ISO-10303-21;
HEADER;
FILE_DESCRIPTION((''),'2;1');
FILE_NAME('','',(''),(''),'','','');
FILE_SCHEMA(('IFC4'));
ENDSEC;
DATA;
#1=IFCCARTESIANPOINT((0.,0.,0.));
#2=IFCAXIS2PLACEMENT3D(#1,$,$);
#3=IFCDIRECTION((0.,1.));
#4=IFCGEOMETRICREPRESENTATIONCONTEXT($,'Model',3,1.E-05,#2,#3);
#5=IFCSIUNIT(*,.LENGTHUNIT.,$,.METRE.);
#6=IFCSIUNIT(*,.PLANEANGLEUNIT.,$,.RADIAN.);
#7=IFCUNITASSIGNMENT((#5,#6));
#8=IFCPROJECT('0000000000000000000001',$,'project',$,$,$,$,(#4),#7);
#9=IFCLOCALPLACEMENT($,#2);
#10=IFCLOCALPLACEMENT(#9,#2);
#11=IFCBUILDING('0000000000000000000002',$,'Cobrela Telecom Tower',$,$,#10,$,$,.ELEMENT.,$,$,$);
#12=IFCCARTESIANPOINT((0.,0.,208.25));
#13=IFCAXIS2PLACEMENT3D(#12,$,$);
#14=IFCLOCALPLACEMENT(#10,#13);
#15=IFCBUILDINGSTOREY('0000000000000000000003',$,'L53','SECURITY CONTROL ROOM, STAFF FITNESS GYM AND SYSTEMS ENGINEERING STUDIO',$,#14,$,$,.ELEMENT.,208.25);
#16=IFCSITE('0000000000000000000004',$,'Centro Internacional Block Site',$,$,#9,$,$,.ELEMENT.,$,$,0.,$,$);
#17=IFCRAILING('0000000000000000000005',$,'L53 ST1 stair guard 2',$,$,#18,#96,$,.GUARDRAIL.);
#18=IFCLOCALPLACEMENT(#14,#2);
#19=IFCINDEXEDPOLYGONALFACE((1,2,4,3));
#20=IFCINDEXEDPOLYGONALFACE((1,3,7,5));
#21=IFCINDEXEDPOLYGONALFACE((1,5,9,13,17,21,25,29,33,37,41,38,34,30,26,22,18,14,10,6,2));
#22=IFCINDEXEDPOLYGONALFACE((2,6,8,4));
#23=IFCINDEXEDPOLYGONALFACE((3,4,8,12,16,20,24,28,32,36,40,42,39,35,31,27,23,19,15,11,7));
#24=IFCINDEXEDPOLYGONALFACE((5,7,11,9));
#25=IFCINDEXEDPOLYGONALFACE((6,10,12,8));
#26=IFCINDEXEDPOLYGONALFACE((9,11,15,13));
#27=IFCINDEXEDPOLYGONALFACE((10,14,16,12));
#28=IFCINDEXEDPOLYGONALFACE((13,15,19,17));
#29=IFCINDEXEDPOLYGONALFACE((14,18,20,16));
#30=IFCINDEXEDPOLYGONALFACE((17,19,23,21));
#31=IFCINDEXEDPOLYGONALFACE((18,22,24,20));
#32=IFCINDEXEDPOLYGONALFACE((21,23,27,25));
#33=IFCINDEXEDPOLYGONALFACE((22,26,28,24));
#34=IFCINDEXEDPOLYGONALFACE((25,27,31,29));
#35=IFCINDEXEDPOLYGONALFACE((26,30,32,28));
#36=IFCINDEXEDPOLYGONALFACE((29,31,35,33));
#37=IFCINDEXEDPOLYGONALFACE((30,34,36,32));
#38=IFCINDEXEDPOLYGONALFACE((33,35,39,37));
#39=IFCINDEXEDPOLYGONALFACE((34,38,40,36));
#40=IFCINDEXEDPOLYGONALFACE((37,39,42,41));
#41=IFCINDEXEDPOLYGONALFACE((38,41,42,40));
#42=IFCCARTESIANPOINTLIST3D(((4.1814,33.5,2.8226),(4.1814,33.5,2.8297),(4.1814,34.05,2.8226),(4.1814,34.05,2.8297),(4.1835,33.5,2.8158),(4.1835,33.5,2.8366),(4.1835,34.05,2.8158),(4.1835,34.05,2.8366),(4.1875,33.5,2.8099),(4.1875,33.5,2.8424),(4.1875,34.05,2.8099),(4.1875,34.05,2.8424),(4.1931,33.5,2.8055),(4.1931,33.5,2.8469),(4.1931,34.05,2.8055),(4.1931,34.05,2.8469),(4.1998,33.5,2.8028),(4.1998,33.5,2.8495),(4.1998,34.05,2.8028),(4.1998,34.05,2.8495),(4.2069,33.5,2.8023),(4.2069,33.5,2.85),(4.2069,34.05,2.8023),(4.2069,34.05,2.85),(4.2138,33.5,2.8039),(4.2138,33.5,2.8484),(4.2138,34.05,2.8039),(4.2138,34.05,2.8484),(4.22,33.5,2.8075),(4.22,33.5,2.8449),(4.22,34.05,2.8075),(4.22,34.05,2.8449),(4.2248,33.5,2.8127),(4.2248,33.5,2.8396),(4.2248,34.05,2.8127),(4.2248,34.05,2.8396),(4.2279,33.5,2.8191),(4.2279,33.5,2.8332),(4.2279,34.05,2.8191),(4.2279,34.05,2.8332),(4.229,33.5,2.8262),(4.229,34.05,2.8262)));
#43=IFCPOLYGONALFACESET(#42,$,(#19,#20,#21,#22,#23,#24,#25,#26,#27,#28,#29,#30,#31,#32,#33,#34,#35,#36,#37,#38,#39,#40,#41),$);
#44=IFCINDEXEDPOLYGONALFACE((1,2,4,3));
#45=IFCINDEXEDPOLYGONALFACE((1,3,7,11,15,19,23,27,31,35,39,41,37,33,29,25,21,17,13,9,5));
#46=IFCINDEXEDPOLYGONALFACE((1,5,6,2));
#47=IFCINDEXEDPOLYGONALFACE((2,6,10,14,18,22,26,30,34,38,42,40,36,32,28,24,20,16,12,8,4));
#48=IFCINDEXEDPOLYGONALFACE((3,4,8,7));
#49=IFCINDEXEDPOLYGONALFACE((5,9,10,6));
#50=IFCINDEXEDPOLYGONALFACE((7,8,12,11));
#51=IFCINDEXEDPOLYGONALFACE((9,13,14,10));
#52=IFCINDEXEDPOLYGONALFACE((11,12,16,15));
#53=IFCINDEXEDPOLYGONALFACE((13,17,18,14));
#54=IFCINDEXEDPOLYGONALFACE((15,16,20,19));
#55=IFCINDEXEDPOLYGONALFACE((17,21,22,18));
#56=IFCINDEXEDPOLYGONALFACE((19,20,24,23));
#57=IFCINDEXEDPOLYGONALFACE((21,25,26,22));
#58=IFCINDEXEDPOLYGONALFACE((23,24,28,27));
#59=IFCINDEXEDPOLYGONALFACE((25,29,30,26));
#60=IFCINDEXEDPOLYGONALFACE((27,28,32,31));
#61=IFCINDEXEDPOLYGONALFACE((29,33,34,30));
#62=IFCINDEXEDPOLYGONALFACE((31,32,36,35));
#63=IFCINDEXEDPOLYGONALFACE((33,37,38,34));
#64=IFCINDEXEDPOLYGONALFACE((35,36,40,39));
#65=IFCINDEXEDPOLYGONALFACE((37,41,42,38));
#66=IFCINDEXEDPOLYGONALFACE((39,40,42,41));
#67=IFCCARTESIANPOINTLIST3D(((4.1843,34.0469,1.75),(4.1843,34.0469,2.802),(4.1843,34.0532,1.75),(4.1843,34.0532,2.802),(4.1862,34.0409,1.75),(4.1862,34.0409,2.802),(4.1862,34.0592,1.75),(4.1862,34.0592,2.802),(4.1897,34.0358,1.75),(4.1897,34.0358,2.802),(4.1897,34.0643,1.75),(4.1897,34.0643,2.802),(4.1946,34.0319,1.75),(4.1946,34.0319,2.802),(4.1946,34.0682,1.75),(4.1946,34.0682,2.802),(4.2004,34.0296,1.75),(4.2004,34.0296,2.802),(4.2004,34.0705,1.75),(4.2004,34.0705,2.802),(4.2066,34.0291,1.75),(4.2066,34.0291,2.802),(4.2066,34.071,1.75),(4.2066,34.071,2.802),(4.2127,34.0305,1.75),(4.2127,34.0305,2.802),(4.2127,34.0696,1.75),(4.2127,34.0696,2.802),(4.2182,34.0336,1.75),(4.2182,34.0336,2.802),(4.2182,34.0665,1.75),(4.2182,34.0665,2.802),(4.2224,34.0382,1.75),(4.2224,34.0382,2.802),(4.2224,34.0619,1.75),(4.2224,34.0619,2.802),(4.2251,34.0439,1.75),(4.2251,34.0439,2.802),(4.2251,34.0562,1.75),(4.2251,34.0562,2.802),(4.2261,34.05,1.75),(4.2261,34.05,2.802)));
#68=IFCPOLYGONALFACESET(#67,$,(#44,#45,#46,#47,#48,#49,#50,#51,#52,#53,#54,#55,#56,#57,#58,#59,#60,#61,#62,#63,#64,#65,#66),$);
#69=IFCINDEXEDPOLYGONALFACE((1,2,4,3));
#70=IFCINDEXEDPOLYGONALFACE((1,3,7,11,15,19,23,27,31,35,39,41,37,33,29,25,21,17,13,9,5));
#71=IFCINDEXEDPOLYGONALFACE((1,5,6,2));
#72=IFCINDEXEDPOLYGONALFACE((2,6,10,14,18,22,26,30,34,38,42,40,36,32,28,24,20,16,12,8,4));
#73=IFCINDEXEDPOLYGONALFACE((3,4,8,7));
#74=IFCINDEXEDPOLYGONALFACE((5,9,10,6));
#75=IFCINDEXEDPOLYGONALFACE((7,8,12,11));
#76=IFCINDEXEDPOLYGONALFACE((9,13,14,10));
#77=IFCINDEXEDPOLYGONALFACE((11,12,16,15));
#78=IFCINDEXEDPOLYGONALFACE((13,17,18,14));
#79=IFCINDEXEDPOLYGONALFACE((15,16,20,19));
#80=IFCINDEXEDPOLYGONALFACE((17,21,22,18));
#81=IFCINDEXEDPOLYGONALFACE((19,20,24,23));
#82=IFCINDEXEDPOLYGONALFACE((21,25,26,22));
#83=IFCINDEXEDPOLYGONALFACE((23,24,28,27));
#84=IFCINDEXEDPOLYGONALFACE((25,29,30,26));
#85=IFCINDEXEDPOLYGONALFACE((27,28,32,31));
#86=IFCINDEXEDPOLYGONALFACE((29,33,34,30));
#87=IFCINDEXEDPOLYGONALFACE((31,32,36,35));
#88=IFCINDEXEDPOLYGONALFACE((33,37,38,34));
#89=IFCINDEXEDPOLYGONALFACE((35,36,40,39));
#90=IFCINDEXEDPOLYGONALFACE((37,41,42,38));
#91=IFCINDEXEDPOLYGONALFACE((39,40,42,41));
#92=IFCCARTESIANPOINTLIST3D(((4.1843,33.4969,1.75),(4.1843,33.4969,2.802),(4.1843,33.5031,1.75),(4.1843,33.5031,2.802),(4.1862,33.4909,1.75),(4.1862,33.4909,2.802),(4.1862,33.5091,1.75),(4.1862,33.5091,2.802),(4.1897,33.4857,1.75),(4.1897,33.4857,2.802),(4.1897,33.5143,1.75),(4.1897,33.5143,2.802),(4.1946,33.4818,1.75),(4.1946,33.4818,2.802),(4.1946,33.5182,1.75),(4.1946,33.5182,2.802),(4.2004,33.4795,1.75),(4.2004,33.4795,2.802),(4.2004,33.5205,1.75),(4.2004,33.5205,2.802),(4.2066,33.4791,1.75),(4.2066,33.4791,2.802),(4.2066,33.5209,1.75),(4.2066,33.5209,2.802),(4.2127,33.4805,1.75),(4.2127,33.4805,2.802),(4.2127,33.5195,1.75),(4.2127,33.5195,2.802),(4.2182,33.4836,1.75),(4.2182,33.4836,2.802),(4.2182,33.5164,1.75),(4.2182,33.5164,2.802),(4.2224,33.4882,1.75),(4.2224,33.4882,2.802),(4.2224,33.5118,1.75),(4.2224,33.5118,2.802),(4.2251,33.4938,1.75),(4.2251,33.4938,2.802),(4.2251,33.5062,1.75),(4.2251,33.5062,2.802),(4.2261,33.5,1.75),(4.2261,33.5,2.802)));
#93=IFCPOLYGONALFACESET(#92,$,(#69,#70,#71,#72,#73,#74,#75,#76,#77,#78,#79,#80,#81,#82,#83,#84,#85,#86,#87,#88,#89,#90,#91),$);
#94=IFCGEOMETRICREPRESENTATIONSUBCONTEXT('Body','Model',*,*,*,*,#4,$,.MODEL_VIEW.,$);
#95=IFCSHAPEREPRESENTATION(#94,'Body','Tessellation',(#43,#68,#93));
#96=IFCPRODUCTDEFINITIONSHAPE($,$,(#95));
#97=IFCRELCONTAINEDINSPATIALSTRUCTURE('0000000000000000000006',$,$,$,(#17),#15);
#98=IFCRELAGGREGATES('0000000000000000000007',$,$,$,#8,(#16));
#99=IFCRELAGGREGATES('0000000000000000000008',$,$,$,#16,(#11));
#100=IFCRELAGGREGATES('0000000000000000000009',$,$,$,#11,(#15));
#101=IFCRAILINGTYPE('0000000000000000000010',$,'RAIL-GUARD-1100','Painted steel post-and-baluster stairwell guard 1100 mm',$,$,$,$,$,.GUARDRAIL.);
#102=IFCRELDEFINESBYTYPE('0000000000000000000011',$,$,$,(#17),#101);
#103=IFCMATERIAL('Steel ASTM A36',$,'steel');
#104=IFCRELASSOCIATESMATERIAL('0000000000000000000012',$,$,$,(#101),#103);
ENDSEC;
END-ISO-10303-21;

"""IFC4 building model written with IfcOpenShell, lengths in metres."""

from ifc_helpers import new_model, si_unit, direction, frame, origin, origin_2d, place, context, subcontext, project, spatial, circle, extrude, material, type_object, element, save


model = new_model("IFC4")

# Units and contexts
model_context = context("Model", 3, precision=1e-05, world=origin(), true_north=direction((0.0, 1.0)))
body_context = subcontext(model_context, "Body", "Model", "MODEL_VIEW")
ifc_project = project(units=[si_unit("LENGTHUNIT", "METRE"), si_unit("PLANEANGLEUNIT", "RADIAN")], contexts=[model_context])

# Site, building, storey
site_placement = place(None, origin())
site = spatial("IfcSite", under=ifc_project, at=site_placement, Name="Centro Internacional Block Site", CompositionType="ELEMENT", RefElevation=0.0)
building_placement = place(site_placement, origin())
building = spatial("IfcBuilding", under=site, at=building_placement, Name="Cobrela Telecom Tower", CompositionType="ELEMENT")
storey_placement = place(building_placement, frame((0.0, 0.0, 208.25)))
storey = spatial("IfcBuildingStorey", under=building, at=storey_placement, Name="L53", Description="SECURITY CONTROL ROOM, STAFF FITNESS GYM AND SYSTEMS ENGINEERING STUDIO", CompositionType="ELEMENT", Elevation=208.25)

# Shared definitions
ifc_material_1 = material(Name="Steel ASTM A36", Category="steel")

# Railing
railing_type_1 = type_object("IfcRailingType", Name="RAIL-GUARD-1100", Description="Painted steel post-and-baluster stairwell guard 1100 mm", PredefinedType="GUARDRAIL", material=ifc_material_1)
railing_1_placement = place(storey_placement, frame((4.2051, 34.05, 1.75)))
element("IfcRailing", 1, at=railing_1_placement, inside=storey, type_object=railing_type_1, Name="L53 ST1 stair guard 2", PredefinedType="GUARDRAIL", context=body_context, shape_type="SweptSolid", body=[
    extrude(circle(Radius=0.0239, at=origin_2d()), frame((0.0, 0.0, 1.0762), z_axis=(0.0, -1.0, 0.0), x_axis=(1.0, 0.0, 0.0)), (0.0, 0.0, 1.0), 0.55),
    extrude(circle(Radius=0.021, at=origin_2d()), origin(), (0.0, 0.0, 1.0), 1.052),
    extrude(circle(Radius=0.021, at=origin_2d()), frame((0.0, -0.55, 0.0)), (0.0, 0.0, 1.0), 1.052),
])

save(model, "model.ifc")
